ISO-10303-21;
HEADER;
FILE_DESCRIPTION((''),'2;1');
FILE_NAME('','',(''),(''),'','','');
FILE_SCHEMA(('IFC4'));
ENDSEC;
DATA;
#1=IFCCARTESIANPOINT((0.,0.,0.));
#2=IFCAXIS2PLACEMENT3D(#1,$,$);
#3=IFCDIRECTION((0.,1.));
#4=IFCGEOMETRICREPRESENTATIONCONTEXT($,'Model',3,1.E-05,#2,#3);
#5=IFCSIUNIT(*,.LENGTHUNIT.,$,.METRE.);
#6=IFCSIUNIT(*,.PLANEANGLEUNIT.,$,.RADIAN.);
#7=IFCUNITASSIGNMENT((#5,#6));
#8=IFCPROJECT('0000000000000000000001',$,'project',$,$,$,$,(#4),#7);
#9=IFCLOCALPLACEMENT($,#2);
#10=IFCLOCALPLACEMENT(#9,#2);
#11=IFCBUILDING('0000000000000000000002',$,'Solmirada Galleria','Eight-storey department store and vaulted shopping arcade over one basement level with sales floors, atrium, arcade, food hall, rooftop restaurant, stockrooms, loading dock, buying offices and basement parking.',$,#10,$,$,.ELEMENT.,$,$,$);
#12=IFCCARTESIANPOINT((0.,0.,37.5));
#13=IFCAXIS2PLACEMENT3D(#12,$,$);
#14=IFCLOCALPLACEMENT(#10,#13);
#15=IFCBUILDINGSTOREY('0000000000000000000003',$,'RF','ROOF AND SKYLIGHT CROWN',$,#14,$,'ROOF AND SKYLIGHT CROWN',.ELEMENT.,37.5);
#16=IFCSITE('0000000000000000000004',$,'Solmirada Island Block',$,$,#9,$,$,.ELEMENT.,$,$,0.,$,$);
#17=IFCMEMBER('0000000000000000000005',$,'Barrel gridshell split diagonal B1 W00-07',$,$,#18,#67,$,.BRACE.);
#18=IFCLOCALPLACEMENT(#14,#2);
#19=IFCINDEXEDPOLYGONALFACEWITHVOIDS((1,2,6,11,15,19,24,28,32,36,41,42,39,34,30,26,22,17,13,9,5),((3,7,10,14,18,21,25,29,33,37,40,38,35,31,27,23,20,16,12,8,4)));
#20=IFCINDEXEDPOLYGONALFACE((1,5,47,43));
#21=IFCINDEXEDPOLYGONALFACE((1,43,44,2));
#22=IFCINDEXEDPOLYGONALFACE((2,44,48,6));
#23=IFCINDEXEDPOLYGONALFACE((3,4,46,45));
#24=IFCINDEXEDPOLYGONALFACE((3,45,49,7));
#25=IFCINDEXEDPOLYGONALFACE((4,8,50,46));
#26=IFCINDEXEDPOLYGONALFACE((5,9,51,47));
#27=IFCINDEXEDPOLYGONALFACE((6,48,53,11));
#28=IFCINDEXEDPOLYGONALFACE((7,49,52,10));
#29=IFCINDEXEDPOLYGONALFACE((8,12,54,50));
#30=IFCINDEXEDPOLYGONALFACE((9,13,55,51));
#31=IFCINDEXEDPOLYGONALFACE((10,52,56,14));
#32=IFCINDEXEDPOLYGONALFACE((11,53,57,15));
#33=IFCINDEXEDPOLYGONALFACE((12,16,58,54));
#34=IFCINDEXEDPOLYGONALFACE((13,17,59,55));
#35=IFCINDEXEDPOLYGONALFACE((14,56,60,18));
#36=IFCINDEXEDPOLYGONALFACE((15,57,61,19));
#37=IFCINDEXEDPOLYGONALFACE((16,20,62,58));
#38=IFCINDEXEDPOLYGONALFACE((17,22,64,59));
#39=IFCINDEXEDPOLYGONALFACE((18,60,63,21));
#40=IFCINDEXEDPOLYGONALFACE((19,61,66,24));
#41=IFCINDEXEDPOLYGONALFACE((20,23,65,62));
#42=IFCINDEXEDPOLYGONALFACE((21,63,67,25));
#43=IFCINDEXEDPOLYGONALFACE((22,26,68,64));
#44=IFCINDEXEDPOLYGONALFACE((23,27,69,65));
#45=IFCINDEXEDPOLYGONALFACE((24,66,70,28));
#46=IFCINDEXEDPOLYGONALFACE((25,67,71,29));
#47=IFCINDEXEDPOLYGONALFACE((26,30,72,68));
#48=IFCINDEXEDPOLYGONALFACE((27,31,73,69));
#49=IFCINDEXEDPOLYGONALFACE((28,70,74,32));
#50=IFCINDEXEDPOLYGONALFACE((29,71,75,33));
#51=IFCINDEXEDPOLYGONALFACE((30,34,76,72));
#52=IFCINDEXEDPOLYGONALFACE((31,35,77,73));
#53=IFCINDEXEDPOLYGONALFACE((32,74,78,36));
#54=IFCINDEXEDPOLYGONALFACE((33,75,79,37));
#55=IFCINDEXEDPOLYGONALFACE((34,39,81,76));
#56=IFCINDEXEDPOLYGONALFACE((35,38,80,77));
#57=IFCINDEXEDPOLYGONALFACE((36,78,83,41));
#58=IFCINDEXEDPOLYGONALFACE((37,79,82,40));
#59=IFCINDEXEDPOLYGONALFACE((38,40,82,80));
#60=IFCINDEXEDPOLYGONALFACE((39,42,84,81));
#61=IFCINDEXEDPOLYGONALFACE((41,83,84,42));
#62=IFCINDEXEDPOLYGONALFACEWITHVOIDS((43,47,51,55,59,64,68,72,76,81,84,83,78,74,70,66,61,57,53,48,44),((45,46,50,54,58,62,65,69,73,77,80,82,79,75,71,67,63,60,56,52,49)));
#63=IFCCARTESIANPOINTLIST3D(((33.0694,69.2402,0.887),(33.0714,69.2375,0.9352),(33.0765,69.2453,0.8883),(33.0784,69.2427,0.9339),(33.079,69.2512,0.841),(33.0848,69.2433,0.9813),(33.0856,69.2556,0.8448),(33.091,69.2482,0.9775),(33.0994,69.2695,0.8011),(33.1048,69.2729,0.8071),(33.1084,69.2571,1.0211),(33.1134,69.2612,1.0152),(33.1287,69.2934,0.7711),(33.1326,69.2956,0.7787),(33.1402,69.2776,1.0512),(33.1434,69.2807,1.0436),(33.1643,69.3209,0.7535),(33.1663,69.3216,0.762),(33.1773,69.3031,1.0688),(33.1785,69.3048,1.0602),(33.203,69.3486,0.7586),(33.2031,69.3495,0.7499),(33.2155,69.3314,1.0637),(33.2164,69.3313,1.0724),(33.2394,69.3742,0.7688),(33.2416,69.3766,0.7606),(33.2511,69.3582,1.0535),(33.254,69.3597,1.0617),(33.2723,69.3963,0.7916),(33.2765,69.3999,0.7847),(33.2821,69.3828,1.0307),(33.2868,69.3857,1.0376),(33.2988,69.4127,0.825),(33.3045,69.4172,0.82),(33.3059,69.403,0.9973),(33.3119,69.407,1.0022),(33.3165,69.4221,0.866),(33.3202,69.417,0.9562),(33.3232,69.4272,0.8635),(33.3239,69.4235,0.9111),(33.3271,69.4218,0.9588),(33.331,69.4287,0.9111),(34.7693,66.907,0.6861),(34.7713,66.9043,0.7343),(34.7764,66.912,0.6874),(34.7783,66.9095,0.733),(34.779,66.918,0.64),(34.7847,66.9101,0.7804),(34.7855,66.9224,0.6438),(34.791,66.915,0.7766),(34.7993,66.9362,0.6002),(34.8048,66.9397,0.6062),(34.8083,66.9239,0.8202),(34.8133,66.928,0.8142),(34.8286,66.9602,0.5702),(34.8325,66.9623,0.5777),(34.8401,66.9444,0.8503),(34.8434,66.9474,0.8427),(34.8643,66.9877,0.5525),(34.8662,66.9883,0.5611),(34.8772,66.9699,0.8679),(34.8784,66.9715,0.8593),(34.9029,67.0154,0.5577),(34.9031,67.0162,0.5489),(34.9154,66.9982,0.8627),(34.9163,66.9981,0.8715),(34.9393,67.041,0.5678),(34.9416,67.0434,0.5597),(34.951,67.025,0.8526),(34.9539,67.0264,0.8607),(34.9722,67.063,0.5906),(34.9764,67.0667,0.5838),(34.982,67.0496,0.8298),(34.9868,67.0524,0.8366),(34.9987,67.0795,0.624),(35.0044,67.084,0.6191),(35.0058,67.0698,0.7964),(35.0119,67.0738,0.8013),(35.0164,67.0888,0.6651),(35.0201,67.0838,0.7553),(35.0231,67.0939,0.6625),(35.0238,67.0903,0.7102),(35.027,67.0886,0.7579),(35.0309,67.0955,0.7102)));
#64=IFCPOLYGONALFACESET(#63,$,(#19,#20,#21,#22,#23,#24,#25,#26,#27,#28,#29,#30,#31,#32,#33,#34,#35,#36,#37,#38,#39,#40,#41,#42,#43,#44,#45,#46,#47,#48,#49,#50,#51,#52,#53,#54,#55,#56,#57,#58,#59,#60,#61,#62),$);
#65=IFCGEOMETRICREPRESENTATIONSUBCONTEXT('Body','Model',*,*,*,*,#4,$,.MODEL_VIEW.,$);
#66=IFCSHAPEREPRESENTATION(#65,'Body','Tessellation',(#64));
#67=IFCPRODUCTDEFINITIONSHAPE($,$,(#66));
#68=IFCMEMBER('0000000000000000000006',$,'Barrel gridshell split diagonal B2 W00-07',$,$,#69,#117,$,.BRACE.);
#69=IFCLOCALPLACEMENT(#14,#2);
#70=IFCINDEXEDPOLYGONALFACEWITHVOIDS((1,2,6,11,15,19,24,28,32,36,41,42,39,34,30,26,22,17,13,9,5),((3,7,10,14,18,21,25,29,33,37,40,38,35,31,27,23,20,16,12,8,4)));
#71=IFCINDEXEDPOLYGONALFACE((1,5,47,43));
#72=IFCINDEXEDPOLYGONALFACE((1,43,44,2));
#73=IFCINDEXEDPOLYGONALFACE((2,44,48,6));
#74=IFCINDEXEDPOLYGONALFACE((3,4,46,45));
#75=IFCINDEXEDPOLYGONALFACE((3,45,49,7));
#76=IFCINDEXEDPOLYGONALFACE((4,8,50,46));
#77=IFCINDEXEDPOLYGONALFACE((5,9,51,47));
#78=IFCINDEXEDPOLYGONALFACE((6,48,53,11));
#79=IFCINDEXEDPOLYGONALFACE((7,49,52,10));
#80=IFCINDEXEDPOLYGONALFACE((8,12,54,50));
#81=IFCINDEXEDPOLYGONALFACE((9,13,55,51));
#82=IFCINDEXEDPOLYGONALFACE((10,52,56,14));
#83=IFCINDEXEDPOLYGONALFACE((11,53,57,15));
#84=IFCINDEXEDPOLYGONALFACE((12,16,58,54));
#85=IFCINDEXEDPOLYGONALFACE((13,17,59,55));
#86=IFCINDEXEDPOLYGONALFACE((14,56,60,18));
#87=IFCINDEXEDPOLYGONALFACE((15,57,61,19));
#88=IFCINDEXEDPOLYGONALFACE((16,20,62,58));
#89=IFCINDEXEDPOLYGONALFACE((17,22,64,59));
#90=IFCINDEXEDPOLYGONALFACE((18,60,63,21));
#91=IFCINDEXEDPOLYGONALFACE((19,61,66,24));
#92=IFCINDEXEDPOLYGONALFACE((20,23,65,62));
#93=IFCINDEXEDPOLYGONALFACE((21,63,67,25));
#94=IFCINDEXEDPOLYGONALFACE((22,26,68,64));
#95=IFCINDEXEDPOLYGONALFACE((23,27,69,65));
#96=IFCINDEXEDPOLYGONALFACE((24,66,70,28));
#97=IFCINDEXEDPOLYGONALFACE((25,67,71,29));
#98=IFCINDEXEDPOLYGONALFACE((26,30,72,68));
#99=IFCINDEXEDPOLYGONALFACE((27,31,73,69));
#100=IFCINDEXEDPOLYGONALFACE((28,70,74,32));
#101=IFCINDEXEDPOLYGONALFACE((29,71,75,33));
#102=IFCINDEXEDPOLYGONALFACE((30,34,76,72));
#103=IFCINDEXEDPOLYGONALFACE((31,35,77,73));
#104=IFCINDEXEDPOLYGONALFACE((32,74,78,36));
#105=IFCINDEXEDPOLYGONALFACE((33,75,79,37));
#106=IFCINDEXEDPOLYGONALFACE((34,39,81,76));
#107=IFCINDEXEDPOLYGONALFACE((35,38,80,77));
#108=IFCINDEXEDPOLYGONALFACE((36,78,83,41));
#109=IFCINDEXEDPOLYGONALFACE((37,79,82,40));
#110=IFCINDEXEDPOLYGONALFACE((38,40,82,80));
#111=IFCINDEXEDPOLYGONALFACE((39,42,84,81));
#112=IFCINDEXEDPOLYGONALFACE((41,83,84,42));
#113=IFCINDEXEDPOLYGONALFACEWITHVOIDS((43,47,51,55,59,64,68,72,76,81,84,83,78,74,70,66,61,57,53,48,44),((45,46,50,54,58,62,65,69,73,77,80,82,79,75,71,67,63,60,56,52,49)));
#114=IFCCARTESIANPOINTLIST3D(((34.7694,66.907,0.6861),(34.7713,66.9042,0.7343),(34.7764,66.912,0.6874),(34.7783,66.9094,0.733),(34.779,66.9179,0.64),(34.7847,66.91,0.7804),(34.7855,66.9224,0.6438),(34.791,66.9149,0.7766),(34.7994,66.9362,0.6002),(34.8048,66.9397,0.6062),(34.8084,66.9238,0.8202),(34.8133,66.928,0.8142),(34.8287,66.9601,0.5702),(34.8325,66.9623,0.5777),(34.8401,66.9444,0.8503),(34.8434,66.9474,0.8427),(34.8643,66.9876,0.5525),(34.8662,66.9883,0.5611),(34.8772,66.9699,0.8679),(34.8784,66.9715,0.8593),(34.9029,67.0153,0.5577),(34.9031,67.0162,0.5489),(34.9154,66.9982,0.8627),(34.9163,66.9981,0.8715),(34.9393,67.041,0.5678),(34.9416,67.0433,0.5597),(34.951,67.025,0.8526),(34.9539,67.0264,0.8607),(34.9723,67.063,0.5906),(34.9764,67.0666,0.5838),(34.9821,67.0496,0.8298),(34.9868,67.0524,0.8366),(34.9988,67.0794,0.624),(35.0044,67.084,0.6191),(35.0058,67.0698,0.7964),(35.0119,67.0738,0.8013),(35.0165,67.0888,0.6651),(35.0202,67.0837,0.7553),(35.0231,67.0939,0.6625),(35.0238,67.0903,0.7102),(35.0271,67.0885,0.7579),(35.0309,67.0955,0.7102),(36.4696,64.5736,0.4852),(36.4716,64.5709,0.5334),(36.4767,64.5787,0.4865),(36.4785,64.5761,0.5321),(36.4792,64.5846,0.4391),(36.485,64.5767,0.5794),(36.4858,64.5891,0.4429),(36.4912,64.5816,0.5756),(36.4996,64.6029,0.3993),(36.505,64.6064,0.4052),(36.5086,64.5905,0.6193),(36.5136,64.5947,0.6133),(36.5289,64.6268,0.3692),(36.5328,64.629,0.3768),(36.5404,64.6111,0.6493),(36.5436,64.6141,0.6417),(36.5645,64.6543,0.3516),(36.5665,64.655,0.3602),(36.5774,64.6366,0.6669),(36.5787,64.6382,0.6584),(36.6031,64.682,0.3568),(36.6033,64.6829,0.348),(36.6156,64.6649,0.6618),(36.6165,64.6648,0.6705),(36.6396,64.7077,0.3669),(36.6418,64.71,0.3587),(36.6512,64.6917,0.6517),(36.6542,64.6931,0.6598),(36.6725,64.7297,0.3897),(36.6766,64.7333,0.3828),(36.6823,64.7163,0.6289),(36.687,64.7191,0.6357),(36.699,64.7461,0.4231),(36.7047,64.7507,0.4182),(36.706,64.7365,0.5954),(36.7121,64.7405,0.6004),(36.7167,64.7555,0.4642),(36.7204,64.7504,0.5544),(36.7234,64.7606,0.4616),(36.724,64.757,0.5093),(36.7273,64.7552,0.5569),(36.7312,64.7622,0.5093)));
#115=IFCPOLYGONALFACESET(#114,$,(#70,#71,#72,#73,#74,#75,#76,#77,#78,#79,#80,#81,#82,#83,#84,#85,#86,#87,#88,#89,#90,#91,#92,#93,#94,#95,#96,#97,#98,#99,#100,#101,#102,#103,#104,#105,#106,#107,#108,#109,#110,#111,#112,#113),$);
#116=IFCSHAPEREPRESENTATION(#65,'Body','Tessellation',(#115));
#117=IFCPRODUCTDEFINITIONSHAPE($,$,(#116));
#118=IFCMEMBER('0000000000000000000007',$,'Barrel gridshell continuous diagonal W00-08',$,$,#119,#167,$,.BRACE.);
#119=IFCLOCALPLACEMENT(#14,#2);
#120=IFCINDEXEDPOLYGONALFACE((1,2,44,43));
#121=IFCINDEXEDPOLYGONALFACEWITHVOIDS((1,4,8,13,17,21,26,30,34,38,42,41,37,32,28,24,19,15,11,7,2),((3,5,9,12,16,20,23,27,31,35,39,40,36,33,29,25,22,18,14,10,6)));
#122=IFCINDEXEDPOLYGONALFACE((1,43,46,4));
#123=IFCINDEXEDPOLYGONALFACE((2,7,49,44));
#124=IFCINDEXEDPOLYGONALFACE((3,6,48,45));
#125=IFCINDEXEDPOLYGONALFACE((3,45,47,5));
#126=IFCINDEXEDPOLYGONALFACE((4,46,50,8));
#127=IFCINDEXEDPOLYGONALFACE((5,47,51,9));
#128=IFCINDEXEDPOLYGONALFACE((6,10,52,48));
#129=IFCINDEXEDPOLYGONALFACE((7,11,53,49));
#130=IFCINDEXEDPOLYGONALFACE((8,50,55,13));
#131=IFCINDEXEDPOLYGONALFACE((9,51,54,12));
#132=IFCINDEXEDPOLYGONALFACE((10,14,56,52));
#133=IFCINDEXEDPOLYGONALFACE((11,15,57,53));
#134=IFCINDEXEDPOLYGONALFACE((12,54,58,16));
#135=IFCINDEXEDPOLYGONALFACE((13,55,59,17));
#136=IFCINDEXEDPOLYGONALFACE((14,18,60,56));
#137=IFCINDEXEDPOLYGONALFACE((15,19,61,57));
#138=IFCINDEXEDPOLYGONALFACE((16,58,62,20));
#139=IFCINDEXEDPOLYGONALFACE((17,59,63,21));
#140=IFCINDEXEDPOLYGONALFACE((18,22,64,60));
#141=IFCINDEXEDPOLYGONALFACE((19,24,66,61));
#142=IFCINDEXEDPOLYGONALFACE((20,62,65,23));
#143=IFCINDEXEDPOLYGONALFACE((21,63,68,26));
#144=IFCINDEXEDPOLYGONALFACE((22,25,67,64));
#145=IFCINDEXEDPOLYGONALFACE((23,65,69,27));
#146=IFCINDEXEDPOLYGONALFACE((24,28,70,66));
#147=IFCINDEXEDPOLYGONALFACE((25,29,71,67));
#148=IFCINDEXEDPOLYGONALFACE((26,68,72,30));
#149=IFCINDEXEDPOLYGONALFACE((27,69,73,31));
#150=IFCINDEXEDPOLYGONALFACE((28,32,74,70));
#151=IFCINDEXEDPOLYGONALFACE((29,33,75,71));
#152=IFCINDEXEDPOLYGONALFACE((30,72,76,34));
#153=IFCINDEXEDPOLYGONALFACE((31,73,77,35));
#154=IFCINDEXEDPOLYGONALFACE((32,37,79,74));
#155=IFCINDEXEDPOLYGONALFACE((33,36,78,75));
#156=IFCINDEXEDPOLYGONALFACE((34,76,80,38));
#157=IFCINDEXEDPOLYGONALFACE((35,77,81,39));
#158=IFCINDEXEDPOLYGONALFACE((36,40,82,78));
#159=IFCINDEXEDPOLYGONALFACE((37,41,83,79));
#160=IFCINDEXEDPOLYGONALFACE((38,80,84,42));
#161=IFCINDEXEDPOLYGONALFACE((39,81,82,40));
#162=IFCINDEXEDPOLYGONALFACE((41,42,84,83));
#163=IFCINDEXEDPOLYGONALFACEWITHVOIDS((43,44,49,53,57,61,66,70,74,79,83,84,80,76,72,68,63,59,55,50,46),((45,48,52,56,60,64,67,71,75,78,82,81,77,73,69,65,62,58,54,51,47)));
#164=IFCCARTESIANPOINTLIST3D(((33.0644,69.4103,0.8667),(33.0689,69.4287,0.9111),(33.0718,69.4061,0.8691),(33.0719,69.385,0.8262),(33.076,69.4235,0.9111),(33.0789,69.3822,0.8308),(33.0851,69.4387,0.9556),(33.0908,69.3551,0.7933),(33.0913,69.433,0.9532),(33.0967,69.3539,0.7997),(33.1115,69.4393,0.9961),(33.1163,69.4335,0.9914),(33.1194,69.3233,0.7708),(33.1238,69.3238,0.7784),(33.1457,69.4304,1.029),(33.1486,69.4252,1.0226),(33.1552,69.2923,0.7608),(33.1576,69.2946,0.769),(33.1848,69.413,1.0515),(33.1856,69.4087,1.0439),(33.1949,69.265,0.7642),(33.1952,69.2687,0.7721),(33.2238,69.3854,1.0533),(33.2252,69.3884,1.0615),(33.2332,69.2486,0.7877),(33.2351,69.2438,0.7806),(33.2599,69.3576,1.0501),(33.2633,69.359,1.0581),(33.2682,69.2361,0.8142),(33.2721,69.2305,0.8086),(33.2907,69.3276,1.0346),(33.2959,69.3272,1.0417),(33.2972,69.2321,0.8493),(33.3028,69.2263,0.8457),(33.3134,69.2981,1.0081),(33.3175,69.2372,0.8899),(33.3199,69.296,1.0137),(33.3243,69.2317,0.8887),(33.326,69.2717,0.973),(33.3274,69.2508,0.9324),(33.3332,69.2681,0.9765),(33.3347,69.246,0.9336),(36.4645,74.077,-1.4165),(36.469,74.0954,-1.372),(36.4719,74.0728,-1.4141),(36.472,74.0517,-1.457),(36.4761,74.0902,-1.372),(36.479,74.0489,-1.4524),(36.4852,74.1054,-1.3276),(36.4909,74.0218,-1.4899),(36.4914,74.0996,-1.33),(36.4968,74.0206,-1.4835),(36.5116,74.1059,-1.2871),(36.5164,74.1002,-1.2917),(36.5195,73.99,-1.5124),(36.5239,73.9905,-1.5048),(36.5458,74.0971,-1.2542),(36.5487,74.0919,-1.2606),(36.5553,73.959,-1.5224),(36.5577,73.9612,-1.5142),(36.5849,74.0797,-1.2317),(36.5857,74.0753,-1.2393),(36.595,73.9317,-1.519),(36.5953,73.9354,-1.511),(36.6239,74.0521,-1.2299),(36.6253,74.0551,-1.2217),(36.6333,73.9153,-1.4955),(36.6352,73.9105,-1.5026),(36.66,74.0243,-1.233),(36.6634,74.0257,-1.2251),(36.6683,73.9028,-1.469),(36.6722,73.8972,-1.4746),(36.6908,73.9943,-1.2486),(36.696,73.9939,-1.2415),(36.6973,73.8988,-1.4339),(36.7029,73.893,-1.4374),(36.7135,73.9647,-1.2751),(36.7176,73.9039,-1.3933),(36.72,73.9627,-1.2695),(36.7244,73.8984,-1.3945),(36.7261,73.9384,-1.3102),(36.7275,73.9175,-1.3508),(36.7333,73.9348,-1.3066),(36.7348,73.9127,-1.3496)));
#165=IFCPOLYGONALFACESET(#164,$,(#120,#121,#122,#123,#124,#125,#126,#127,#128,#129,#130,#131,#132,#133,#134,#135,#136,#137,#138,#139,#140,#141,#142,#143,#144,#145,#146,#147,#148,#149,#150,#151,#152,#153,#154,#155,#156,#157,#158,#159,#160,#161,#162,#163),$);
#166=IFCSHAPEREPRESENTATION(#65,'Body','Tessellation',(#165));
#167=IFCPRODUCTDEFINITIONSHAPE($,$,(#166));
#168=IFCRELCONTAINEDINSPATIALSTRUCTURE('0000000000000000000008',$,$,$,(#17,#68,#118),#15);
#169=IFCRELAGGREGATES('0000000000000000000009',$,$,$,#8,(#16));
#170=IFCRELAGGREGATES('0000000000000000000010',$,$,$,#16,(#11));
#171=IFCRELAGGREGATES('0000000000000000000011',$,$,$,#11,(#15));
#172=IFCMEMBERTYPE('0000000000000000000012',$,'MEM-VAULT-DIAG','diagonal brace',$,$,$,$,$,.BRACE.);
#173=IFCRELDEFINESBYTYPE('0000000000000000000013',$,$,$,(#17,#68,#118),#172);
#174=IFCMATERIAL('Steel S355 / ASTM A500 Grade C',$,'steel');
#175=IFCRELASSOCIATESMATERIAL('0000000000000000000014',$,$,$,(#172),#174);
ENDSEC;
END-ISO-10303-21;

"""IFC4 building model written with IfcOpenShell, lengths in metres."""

from ifc_helpers import new_model, si_unit, direction, frame, origin, origin_2d, place, context, subcontext, project, spatial, hollow_circle, extrude, material, material_profile, profile_set, type_object, element, save


model = new_model("IFC4")

# Units and contexts
model_context = context("Model", 3, precision=1e-05, world=origin(), true_north=direction((0.0, 1.0)))
body_context = subcontext(model_context, "Body", "Model", "MODEL_VIEW")
ifc_project = project(units=[si_unit("LENGTHUNIT", "METRE"), si_unit("PLANEANGLEUNIT", "RADIAN")], contexts=[model_context])

# Site, building, storey
site_placement = place(None, origin())
site = spatial("IfcSite", under=ifc_project, at=site_placement, Name="Solmirada Island Block", CompositionType="ELEMENT", RefElevation=0.0)
building_placement = place(site_placement, origin())
building = spatial("IfcBuilding", under=site, at=building_placement, Name="Solmirada Galleria", Description="Eight-storey department store and vaulted shopping arcade over one basement level with sales floors, atrium, arcade, food hall, rooftop restaurant, stockrooms, loading dock, buying offices and basement parking.", CompositionType="ELEMENT")
storey_placement = place(building_placement, frame((0.0, 0.0, 37.5)))
storey = spatial("IfcBuildingStorey", under=building, at=storey_placement, Name="RF", Description="ROOF AND SKYLIGHT CROWN", LongName="ROOF AND SKYLIGHT CROWN", CompositionType="ELEMENT", Elevation=37.5)

# Members
ifc_material_1 = material(Name="Steel S355 / ASTM A500 Grade C", Category="steel")
ifc_material_profile_1 = material_profile(ifc_material_1, hollow_circle(Radius=0.1621, WallThickness=0.0088, at=origin_2d()), Name="HSS12.750X0.375")
ifc_profile_set_1 = profile_set([ifc_material_profile_1], Name="Steel S355 / ASTM A500 Grade C")
member_type_1 = type_object("IfcMemberType", Name="MEM-VAULT-DIAG", Description="diagonal brace", PredefinedType="BRACE", material=ifc_profile_set_1)
member_1_placement = place(storey_placement, frame((33.2, 69.3333, 0.9111), z_axis=(0.587439, -0.806284, -0.069433), x_axis=(0.808235, 0.58886, 0.0)))
element("IfcMember", 1, at=member_1_placement, inside=storey, type_object=member_type_1, Name="Barrel gridshell split diagonal B1 W00-07", PredefinedType="BRACE", context=body_context, shape_type="SweptSolid", body=[
    extrude(hollow_circle(Radius=0.1621, WallThickness=0.0088, at=origin_2d()), origin(), (0.0, 0.0, 1.0), 2.8938),
])
member_2_placement = place(storey_placement, frame((34.8999, 67.0, 0.7102), z_axis=(0.587494, -0.806244, -0.06943), x_axis=(0.808195, 0.588916, 0.0)))
element("IfcMember", 2, at=member_2_placement, inside=storey, type_object=member_type_1, Name="Barrel gridshell split diagonal B2 W00-07", PredefinedType="BRACE", context=body_context, shape_type="SweptSolid", body=[
    extrude(hollow_circle(Radius=0.1621, WallThickness=0.0088, at=origin_2d()), origin(), (0.0, 0.0, 1.0), 2.894),
])
member_3_placement = place(storey_placement, frame((33.2, 69.3333, 0.9111), z_axis=(0.54761, 0.751602, -0.367721), x_axis=(-0.808229, 0.588868, 0.0)))
element("IfcMember", 3, at=member_3_placement, inside=storey, type_object=member_type_1, Name="Barrel gridshell continuous diagonal W00-08", PredefinedType="BRACE", context=body_context, shape_type="SweptSolid", body=[
    extrude(hollow_circle(Radius=0.1621, WallThickness=0.0088, at=origin_2d()), origin(), (0.0, 0.0, 1.0), 6.209),
])

save(model, "model.ifc")
